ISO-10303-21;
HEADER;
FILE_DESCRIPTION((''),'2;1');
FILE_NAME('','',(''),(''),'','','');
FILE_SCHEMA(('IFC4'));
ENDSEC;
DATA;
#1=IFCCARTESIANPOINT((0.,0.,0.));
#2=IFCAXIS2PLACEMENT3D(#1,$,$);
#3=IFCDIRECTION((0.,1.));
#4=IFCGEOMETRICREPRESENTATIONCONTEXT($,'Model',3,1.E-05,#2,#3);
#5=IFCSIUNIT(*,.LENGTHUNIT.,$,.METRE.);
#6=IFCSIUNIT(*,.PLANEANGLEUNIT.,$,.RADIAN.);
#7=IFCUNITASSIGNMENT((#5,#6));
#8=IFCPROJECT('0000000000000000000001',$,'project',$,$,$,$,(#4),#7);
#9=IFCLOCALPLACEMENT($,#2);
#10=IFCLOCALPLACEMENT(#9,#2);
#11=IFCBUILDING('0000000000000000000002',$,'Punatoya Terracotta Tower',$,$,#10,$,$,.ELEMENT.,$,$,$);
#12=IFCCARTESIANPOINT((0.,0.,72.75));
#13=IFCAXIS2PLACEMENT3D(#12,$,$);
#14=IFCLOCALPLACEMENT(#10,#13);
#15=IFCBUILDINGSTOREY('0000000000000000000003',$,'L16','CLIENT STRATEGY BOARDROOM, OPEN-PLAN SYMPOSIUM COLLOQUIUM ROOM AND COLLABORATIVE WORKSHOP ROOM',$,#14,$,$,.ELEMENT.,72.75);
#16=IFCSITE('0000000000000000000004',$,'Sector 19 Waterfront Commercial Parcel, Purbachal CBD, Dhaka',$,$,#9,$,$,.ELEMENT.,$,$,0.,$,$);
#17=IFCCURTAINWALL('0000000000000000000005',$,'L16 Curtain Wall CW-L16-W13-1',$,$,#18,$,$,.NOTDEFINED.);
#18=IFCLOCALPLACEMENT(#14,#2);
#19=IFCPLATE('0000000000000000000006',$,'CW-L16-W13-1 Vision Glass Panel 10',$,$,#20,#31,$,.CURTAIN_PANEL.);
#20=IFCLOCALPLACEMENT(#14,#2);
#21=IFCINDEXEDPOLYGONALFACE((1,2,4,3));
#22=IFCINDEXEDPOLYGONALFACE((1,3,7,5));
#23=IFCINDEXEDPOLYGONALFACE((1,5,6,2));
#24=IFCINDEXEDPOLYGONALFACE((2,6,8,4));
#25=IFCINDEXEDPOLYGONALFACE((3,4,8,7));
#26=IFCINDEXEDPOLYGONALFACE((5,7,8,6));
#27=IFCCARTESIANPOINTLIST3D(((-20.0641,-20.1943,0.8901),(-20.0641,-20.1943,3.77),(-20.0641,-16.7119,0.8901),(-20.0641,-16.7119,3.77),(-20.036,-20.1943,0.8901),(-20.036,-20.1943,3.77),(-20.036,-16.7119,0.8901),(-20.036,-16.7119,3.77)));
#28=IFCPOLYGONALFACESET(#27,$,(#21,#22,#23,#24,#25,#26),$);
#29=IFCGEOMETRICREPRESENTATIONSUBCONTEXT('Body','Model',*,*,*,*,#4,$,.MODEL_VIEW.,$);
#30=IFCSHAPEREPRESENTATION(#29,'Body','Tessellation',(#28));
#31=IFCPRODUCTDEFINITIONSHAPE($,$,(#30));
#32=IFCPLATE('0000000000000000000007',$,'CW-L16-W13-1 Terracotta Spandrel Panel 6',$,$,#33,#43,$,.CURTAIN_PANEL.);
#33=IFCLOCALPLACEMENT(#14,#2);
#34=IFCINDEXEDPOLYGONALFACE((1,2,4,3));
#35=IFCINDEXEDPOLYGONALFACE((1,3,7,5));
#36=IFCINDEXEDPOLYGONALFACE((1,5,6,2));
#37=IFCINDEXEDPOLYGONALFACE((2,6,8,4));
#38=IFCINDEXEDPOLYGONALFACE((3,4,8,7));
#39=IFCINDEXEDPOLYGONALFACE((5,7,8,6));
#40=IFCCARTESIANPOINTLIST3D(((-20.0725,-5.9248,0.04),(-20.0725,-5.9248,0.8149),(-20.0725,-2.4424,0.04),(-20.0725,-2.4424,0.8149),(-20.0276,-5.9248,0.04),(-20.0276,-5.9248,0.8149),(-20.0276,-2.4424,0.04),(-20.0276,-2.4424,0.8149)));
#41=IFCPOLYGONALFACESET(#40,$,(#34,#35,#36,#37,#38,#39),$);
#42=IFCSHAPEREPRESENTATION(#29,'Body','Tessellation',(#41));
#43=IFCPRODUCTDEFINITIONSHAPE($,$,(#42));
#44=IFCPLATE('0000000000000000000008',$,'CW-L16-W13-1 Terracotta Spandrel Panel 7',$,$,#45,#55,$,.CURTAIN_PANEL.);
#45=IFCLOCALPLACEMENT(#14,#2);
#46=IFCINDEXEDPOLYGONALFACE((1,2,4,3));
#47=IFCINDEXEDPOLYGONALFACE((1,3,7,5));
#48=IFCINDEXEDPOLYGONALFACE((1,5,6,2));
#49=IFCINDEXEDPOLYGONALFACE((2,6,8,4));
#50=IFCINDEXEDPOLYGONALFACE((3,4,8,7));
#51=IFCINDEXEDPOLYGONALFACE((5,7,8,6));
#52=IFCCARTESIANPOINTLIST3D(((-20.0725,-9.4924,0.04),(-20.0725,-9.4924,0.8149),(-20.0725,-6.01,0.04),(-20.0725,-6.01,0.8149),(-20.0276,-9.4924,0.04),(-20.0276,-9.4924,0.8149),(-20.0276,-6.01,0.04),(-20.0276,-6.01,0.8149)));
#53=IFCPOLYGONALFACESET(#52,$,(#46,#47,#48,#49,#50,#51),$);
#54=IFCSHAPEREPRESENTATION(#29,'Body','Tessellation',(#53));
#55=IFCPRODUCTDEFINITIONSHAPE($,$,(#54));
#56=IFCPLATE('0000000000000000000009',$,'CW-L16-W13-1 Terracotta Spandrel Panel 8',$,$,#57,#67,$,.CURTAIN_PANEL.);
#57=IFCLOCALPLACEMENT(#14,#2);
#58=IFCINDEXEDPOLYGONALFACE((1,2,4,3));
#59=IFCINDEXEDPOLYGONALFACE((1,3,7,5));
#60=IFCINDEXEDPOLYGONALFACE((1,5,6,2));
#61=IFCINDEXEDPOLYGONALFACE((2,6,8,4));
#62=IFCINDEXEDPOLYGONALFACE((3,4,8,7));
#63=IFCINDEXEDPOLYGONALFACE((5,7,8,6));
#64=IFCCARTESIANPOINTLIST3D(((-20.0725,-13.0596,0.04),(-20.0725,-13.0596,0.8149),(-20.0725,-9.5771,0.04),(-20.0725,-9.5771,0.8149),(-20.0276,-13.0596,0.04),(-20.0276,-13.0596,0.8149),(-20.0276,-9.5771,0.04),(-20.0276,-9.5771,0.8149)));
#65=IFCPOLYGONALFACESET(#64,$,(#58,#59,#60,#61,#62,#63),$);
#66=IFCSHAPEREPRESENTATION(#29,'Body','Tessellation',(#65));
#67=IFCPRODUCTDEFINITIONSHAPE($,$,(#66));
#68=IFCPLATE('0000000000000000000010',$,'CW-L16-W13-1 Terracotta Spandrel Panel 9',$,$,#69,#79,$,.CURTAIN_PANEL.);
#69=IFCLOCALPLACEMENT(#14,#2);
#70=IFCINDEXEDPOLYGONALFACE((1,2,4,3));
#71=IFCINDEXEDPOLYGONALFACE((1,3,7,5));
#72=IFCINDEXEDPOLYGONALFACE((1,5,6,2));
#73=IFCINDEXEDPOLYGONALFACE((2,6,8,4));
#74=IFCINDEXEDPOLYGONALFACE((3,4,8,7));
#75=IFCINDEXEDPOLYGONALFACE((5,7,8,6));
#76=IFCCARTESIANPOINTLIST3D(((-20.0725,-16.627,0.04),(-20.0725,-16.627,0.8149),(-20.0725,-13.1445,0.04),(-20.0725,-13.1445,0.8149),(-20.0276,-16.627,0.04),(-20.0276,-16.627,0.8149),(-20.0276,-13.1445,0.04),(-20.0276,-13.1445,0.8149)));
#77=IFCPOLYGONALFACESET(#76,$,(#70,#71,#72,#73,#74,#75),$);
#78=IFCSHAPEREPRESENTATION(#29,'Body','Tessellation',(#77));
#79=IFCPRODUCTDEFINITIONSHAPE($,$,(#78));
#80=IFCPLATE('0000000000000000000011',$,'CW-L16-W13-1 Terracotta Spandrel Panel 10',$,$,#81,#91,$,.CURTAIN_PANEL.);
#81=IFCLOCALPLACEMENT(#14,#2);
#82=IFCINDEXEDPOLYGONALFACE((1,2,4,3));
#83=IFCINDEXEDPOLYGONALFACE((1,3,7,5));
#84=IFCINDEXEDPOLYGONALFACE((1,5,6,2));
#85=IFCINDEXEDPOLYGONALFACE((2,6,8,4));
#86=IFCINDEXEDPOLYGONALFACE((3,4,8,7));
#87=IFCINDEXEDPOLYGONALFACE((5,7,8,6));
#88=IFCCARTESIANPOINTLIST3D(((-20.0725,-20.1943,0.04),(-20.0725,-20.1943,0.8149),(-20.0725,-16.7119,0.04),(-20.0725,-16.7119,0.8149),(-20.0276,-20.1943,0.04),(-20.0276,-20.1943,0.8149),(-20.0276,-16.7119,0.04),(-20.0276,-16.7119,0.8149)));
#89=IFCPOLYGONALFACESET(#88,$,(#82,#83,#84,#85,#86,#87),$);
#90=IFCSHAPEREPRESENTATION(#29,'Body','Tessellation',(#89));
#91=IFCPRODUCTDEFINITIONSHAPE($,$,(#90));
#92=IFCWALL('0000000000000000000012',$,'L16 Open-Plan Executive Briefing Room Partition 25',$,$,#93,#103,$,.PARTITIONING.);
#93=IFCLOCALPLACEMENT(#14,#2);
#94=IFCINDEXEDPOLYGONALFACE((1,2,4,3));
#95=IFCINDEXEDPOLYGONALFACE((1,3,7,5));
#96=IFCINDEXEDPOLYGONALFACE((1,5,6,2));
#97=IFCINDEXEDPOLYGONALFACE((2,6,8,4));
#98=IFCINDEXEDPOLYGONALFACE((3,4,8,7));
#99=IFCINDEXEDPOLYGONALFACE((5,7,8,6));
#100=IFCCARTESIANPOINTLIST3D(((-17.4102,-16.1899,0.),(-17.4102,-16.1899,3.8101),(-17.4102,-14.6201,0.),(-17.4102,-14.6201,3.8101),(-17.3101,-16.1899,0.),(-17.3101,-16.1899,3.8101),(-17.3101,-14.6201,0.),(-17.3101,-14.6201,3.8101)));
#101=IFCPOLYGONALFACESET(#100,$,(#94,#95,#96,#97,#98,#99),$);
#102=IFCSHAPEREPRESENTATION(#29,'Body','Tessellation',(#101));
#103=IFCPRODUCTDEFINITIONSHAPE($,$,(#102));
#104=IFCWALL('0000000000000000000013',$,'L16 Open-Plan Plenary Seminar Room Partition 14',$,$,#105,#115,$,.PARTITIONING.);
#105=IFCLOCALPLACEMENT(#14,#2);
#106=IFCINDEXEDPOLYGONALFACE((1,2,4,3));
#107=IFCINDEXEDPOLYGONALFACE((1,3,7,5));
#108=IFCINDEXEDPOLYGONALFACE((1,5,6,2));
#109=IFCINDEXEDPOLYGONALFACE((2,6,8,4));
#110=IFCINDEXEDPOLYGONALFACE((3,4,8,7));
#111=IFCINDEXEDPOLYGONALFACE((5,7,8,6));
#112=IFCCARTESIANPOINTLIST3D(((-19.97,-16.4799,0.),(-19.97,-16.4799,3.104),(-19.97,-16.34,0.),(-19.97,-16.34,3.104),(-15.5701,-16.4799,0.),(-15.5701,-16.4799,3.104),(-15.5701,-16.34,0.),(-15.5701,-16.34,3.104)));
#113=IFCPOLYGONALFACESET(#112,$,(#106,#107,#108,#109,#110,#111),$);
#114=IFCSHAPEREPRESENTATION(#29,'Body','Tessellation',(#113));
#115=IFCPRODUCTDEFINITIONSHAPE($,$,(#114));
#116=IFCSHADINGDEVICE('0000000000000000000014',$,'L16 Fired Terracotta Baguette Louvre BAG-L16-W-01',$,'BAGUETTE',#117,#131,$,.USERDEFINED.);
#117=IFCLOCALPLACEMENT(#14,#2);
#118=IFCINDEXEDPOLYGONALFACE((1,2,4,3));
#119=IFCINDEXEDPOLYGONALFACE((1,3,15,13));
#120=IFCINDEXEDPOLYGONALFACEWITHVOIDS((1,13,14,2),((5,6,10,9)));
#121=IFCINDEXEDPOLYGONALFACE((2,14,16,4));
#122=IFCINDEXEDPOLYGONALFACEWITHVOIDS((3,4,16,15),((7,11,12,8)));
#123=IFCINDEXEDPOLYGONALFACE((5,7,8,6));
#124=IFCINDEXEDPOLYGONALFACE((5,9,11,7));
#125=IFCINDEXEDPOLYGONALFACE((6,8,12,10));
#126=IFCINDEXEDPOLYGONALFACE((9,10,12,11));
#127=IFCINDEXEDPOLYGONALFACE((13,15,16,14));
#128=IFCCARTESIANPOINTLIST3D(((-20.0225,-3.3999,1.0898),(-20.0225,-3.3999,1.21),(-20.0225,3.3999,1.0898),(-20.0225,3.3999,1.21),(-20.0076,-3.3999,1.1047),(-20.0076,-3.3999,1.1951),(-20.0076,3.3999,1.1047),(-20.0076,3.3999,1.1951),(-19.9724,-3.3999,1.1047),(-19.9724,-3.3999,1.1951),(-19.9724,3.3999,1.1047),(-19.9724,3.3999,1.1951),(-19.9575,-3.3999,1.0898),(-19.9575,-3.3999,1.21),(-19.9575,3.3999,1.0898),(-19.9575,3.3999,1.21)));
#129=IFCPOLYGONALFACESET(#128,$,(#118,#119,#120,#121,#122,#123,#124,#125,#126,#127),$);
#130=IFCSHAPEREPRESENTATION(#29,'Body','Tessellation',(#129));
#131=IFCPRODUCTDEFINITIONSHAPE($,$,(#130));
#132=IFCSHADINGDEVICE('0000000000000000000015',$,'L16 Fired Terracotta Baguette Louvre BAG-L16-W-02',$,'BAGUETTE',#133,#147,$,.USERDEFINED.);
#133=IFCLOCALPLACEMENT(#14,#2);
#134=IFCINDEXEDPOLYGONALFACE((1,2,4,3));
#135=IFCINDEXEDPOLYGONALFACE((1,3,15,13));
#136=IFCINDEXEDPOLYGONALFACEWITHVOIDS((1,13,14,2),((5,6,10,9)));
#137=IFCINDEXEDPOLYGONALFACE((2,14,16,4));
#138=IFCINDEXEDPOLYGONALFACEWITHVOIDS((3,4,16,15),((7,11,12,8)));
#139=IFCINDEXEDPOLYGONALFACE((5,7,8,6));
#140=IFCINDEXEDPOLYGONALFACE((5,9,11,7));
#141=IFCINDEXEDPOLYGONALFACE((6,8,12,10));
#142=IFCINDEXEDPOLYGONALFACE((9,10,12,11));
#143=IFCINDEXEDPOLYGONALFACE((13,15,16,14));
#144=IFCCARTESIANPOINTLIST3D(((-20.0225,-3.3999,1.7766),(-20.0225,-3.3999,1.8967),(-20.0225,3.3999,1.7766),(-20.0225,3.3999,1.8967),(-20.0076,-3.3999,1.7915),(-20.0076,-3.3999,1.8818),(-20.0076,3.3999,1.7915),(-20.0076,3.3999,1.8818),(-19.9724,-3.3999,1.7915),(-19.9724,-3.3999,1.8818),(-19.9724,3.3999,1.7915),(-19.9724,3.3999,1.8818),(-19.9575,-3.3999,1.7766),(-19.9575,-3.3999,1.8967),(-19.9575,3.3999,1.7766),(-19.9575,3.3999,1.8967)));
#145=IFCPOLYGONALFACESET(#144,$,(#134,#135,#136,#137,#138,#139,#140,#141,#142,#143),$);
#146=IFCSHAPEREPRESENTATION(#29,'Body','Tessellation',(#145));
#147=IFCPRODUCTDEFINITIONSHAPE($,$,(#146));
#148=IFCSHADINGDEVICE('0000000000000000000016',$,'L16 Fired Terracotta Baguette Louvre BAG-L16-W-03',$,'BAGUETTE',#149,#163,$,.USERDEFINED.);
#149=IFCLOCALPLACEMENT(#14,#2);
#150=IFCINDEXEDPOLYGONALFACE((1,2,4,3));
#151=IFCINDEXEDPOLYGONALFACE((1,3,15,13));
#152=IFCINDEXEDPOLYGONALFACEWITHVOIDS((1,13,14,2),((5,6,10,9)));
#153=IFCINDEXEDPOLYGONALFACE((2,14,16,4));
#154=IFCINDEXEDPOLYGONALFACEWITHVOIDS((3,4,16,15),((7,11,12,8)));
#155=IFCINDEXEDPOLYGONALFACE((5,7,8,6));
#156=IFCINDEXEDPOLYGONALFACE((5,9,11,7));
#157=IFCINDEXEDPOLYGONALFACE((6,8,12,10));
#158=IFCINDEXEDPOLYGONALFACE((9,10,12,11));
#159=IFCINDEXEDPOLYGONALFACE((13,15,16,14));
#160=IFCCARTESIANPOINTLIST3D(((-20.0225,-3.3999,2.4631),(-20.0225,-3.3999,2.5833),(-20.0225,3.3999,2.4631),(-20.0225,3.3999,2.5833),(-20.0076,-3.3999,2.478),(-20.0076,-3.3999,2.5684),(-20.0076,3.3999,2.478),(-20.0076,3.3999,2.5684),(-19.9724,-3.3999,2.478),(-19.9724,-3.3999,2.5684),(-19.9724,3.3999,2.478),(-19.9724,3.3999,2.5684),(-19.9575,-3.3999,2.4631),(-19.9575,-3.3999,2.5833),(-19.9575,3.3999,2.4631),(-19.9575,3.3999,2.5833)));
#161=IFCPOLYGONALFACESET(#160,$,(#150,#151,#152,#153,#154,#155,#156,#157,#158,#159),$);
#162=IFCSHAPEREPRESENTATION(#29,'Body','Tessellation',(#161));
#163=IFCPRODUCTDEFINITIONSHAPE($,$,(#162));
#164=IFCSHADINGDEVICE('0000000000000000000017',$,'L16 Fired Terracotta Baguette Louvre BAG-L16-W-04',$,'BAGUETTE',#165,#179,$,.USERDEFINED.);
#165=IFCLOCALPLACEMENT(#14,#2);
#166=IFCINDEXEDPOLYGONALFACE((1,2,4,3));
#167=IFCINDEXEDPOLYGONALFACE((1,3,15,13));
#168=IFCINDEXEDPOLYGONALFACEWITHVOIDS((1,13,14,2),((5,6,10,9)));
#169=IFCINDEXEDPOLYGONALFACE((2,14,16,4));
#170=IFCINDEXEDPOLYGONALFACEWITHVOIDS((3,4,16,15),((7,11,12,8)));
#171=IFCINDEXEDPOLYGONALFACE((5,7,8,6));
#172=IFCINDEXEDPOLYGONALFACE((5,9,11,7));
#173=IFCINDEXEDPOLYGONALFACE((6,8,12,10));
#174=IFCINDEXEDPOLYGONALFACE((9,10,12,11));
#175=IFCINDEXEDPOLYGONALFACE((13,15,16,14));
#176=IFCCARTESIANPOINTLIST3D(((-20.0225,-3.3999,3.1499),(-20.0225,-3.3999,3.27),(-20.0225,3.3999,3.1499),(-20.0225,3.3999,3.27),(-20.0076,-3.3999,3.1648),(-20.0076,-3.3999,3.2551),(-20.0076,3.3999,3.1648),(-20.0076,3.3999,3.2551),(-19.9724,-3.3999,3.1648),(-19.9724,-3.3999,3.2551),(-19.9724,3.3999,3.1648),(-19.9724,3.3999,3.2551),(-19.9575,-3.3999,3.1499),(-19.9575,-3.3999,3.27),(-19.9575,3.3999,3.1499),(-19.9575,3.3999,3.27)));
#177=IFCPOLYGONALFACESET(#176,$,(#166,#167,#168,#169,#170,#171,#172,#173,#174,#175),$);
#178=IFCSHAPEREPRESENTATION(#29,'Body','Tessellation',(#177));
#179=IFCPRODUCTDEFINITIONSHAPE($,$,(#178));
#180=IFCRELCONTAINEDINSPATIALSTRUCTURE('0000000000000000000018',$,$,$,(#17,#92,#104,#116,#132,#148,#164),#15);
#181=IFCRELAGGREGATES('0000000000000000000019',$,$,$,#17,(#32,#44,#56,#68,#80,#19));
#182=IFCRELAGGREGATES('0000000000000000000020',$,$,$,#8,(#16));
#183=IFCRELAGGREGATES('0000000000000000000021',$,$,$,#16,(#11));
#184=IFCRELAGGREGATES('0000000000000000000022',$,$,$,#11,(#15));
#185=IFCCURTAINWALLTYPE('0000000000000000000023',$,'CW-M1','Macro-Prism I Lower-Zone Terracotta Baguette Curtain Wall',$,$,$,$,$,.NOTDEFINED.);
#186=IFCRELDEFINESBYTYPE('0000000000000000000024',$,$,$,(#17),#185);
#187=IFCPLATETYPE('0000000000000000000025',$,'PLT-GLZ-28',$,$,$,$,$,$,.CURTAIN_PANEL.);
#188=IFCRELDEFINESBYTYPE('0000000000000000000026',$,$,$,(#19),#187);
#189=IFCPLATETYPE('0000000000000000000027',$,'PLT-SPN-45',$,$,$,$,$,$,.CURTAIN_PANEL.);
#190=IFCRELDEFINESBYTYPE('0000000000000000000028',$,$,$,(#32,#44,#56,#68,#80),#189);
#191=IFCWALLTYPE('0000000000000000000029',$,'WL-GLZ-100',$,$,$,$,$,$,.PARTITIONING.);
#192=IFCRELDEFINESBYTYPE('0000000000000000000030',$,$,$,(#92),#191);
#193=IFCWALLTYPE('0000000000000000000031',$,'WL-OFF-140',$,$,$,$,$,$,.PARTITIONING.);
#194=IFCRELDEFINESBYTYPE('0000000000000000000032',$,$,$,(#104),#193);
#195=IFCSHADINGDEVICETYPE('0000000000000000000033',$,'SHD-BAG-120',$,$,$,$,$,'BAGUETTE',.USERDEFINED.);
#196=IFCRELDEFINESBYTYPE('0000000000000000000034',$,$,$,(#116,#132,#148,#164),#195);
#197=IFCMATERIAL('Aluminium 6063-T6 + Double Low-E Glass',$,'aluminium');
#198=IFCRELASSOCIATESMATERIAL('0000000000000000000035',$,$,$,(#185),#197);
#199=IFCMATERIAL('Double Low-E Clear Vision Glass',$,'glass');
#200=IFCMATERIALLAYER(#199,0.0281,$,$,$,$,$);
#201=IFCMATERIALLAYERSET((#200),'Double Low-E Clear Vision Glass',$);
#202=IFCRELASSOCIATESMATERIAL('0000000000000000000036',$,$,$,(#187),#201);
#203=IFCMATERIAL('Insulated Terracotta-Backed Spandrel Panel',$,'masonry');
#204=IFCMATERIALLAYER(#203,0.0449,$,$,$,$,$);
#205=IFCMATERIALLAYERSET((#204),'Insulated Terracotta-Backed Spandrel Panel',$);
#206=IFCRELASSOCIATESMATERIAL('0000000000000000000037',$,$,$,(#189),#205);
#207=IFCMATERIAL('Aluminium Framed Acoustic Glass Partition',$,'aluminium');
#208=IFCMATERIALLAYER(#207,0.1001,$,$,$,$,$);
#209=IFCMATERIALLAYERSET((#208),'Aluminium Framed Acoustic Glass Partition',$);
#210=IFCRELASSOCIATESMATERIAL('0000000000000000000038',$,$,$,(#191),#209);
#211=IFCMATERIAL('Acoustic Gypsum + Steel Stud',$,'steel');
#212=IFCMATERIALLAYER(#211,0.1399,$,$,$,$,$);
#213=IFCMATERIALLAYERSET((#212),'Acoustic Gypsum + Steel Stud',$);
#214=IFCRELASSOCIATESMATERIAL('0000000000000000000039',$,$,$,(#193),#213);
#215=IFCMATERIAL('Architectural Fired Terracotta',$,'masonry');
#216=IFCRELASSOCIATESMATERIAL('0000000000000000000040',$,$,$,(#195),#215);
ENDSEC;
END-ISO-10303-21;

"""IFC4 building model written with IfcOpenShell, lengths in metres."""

from ifc_helpers import new_model, si_unit, direction, frame, frame_2d, origin, origin_2d, place, context, subcontext, project, spatial, rectangle, hollow_rectangle, extrude, material, layer, layer_set, material_profile, profile_set, type_object, element, aggregate, save


model = new_model("IFC4")

# Units and contexts
model_context = context("Model", 3, precision=1e-05, world=origin(), true_north=direction((0.0, 1.0)))
body_context = subcontext(model_context, "Body", "Model", "MODEL_VIEW")
ifc_project = project(units=[si_unit("LENGTHUNIT", "METRE"), si_unit("PLANEANGLEUNIT", "RADIAN")], contexts=[model_context])

# Site, building, storey
site_placement = place(None, origin())
site = spatial("IfcSite", under=ifc_project, at=site_placement, Name="Sector 19 Waterfront Commercial Parcel, Purbachal CBD, Dhaka", CompositionType="ELEMENT", RefElevation=0.0)
building_placement = place(site_placement, origin())
building = spatial("IfcBuilding", under=site, at=building_placement, Name="Punatoya Terracotta Tower", CompositionType="ELEMENT")
storey_placement = place(building_placement, frame((0.0, 0.0, 72.75)))
storey = spatial("IfcBuildingStorey", under=building, at=storey_placement, Name="L16", Description="CLIENT STRATEGY BOARDROOM, OPEN-PLAN SYMPOSIUM COLLOQUIUM ROOM AND COLLABORATIVE WORKSHOP ROOM", CompositionType="ELEMENT", Elevation=72.75)

# Curtain wall, plates
ifc_material_1 = material(Name="Aluminium 6063-T6 + Double Low-E Glass", Category="aluminium")
curtain_wall_type = type_object("IfcCurtainWallType", Name="CW-M1", Description="Macro-Prism I Lower-Zone Terracotta Baguette Curtain Wall", PredefinedType="NOTDEFINED", material=ifc_material_1)
curtain_wall_placement = place(storey_placement, origin())
curtain_wall = element("IfcCurtainWall", 1, at=curtain_wall_placement, inside=storey, type_object=curtain_wall_type, Name="L16 Curtain Wall CW-L16-W13-1", PredefinedType="NOTDEFINED")
ifc_material_2 = material(Name="Double Low-E Clear Vision Glass", Category="glass")
ifc_layer_1 = layer(ifc_material_2, 0.0281)
ifc_layer_set_1 = layer_set([ifc_layer_1], Name="Double Low-E Clear Vision Glass")
plate_type_1 = type_object("IfcPlateType", Name="PLT-GLZ-28", PredefinedType="CURTAIN_PANEL", material=ifc_layer_set_1)
plate_1_placement = place(storey_placement, frame((-20.05, -18.4531, 0.8901), z_axis=(0.0, 0.0, 1.0), x_axis=(0.0, -1.0, 0.0)))
plate_1 = element("IfcPlate", 2, at=plate_1_placement, type_object=plate_type_1, Name="CW-L16-W13-1 Vision Glass Panel 10", PredefinedType="CURTAIN_PANEL", context=body_context, shape_type="SweptSolid", body=[
    extrude(rectangle(XDim=3.4824, YDim=0.0281, at=origin_2d()), origin(), (0.0, 0.0, 1.0), 2.8799),
])
ifc_material_3 = material(Name="Insulated Terracotta-Backed Spandrel Panel", Category="masonry")
ifc_layer_2 = layer(ifc_material_3, 0.0449)
ifc_layer_set_2 = layer_set([ifc_layer_2], Name="Insulated Terracotta-Backed Spandrel Panel")
plate_type_2 = type_object("IfcPlateType", Name="PLT-SPN-45", PredefinedType="CURTAIN_PANEL", material=ifc_layer_set_2)
plate_2_placement = place(storey_placement, frame((-20.05, -4.1836, 0.04), z_axis=(0.0, 0.0, 1.0), x_axis=(0.0, -1.0, 0.0)))
plate_2 = element("IfcPlate", 3, at=plate_2_placement, type_object=plate_type_2, Name="CW-L16-W13-1 Terracotta Spandrel Panel 6", PredefinedType="CURTAIN_PANEL", context=body_context, shape_type="SweptSolid", body=[
    extrude(rectangle(XDim=3.4824, YDim=0.0449, at=origin_2d()), origin(), (0.0, 0.0, 1.0), 0.7749),
])
plate_3_placement = place(storey_placement, frame((-20.05, -7.7512, 0.04), z_axis=(0.0, 0.0, 1.0), x_axis=(0.0, -1.0, 0.0)))
plate_3 = element("IfcPlate", 4, at=plate_3_placement, type_object=plate_type_2, Name="CW-L16-W13-1 Terracotta Spandrel Panel 7", PredefinedType="CURTAIN_PANEL", context=body_context, shape_type="SweptSolid", body=[
    extrude(rectangle(XDim=3.4824, YDim=0.0449, at=origin_2d()), origin(), (0.0, 0.0, 1.0), 0.7749),
])
plate_4_placement = place(storey_placement, frame((-20.05, -11.3184, 0.04), z_axis=(0.0, 0.0, 1.0), x_axis=(0.0, -1.0, 0.0)))
plate_4 = element("IfcPlate", 5, at=plate_4_placement, type_object=plate_type_2, Name="CW-L16-W13-1 Terracotta Spandrel Panel 8", PredefinedType="CURTAIN_PANEL", context=body_context, shape_type="SweptSolid", body=[
    extrude(rectangle(XDim=3.4824, YDim=0.0449, at=origin_2d()), origin(), (0.0, 0.0, 1.0), 0.7749),
])
plate_5_placement = place(storey_placement, frame((-20.05, -14.8857, 0.04), z_axis=(0.0, 0.0, 1.0), x_axis=(0.0, -1.0, 0.0)))
plate_5 = element("IfcPlate", 6, at=plate_5_placement, type_object=plate_type_2, Name="CW-L16-W13-1 Terracotta Spandrel Panel 9", PredefinedType="CURTAIN_PANEL", context=body_context, shape_type="SweptSolid", body=[
    extrude(rectangle(XDim=3.4824, YDim=0.0449, at=origin_2d()), origin(), (0.0, 0.0, 1.0), 0.7749),
])
plate_6_placement = place(storey_placement, frame((-20.05, -18.4531, 0.04), z_axis=(0.0, 0.0, 1.0), x_axis=(0.0, -1.0, 0.0)))
plate_6 = element("IfcPlate", 7, at=plate_6_placement, type_object=plate_type_2, Name="CW-L16-W13-1 Terracotta Spandrel Panel 10", PredefinedType="CURTAIN_PANEL", context=body_context, shape_type="SweptSolid", body=[
    extrude(rectangle(XDim=3.4824, YDim=0.0449, at=origin_2d()), origin(), (0.0, 0.0, 1.0), 0.7749),
])
aggregate(curtain_wall, [plate_2, plate_3, plate_4, plate_5, plate_6, plate_1])

# Walls
ifc_material_4 = material(Name="Aluminium Framed Acoustic Glass Partition", Category="aluminium")
ifc_layer_3 = layer(ifc_material_4, 0.1001)
ifc_layer_set_3 = layer_set([ifc_layer_3], Name="Aluminium Framed Acoustic Glass Partition")
wall_type_1 = type_object("IfcWallType", Name="WL-GLZ-100", PredefinedType="PARTITIONING", material=ifc_layer_set_3)
wall_1_placement = place(storey_placement, frame((-17.3601, -14.6201, 0.0), z_axis=(0.0, 0.0, 1.0), x_axis=(0.0, -1.0, 0.0)))
element("IfcWall", 8, at=wall_1_placement, inside=storey, type_object=wall_type_1, Name="L16 Open-Plan Executive Briefing Room Partition 25", PredefinedType="PARTITIONING", context=body_context, shape_type="SweptSolid", body=[
    extrude(rectangle(XDim=1.5698, YDim=0.1001, at=frame_2d((0.7849, 0.0))), origin(), (0.0, 0.0, 1.0), 3.8101),
])
ifc_material_5 = material(Name="Acoustic Gypsum + Steel Stud", Category="steel")
ifc_layer_4 = layer(ifc_material_5, 0.1399)
ifc_layer_set_4 = layer_set([ifc_layer_4], Name="Acoustic Gypsum + Steel Stud")
wall_type_2 = type_object("IfcWallType", Name="WL-OFF-140", PredefinedType="PARTITIONING", material=ifc_layer_set_4)
wall_2_placement = place(storey_placement, frame((-19.97, -16.4099, 0.0), z_axis=(0.0, 0.0, 1.0), x_axis=(1.0, 0.0, 0.0)))
element("IfcWall", 9, at=wall_2_placement, inside=storey, type_object=wall_type_2, Name="L16 Open-Plan Plenary Seminar Room Partition 14", PredefinedType="PARTITIONING", context=body_context, shape_type="SweptSolid", body=[
    extrude(rectangle(XDim=4.3999, YDim=0.1399, at=frame_2d((2.2, 0.0))), origin(), (0.0, 0.0, 1.0), 3.104),
])

# Shading devices
ifc_material_6 = material(Name="Architectural Fired Terracotta", Category="masonry")
ifc_material_profile_1 = material_profile(ifc_material_6, hollow_rectangle(XDim=0.0649, YDim=0.1201, WallThickness=0.0149, at=origin_2d()))
ifc_profile_set_1 = profile_set([ifc_material_profile_1], Name="Architectural Fired Terracotta")
shading_device_type = type_object("IfcShadingDeviceType", Name="SHD-BAG-120", ElementType="BAGUETTE", PredefinedType="USERDEFINED", material=ifc_profile_set_1)
for number, where, z_axis, x_axis, name in (
    (10, (-19.99, -3.3999, 1.1499), (0.0, 1.0, 0.0), (-1.0, 0.0, 0.0), "L16 Fired Terracotta Baguette Louvre BAG-L16-W-01"),
    (11, (-19.99, -3.3999, 1.8367), (0.0, 1.0, 0.0), (-1.0, 0.0, 0.0), "L16 Fired Terracotta Baguette Louvre BAG-L16-W-02"),
    (12, (-19.99, -3.3999, 2.5232), (0.0, 1.0, 0.0), (-1.0, 0.0, 0.0), "L16 Fired Terracotta Baguette Louvre BAG-L16-W-03"),
    (13, (-19.99, -3.3999, 3.21), (0.0, 1.0, 0.0), (-1.0, 0.0, 0.0), "L16 Fired Terracotta Baguette Louvre BAG-L16-W-04"),
):
    element("IfcShadingDevice", number, at=place(storey_placement, frame(where, z_axis=z_axis, x_axis=x_axis)), inside=storey, type_object=shading_device_type, Name=name, ObjectType="BAGUETTE", PredefinedType="USERDEFINED", context=body_context, shape_type="SweptSolid", body=[
        extrude(hollow_rectangle(XDim=0.0649, YDim=0.1201, WallThickness=0.0149, at=origin_2d()), origin(), (0.0, 0.0, 1.0), 6.7998),
    ])

save(model, "model.ifc")
